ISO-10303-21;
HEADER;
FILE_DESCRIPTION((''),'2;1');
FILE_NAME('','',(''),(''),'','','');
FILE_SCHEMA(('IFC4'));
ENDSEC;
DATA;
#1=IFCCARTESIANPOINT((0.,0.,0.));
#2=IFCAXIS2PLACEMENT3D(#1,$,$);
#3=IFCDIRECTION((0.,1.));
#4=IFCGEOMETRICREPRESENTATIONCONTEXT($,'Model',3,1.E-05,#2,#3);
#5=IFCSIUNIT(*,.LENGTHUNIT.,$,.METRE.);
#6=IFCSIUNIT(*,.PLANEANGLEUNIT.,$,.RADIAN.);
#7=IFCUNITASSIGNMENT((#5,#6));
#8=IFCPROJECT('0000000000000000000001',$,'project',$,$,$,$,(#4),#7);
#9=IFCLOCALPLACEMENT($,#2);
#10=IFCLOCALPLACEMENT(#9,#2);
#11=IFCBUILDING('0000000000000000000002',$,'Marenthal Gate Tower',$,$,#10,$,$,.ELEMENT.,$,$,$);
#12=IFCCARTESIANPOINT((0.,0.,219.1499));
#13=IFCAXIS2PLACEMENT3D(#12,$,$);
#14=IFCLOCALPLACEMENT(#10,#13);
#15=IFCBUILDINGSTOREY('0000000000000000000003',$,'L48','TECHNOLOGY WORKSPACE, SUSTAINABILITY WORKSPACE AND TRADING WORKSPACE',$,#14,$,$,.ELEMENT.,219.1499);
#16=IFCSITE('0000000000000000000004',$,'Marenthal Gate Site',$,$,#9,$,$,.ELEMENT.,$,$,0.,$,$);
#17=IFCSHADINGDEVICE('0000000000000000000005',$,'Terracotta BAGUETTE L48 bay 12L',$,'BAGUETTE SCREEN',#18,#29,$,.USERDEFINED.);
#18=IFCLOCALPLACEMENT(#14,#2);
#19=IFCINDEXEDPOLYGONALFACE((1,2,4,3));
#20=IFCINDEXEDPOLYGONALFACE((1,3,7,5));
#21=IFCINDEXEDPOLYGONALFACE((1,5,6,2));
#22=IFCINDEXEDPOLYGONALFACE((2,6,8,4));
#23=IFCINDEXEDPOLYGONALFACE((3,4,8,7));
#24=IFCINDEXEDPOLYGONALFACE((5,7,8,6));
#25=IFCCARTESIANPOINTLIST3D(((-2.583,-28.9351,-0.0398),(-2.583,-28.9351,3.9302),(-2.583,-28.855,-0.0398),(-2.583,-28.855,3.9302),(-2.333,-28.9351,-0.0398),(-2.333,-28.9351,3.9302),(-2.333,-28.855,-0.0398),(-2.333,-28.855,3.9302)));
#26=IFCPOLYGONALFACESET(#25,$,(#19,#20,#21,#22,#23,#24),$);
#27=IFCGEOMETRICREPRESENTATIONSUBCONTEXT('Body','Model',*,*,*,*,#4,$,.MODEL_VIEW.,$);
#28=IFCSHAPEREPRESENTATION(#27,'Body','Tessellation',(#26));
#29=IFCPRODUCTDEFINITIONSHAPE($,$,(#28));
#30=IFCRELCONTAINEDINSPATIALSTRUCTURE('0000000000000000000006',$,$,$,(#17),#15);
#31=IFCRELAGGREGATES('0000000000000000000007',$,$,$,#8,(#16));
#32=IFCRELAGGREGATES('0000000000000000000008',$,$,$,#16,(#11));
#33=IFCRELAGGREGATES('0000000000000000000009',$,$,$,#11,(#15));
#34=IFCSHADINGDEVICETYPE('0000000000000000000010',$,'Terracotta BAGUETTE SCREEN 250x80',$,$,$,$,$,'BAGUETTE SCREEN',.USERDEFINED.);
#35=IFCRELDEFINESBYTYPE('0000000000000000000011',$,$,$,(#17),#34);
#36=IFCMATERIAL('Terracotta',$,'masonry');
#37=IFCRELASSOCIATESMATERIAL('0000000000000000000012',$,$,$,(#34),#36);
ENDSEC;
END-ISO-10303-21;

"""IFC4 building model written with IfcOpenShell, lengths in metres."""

from ifc_helpers import new_model, si_unit, direction, frame, origin, origin_2d, place, context, subcontext, project, spatial, rectangle, extrude, material, material_profile, profile_set, type_object, element, save


model = new_model("IFC4")

# Units and contexts
model_context = context("Model", 3, precision=1e-05, world=origin(), true_north=direction((0.0, 1.0)))
body_context = subcontext(model_context, "Body", "Model", "MODEL_VIEW")
ifc_project = project(units=[si_unit("LENGTHUNIT", "METRE"), si_unit("PLANEANGLEUNIT", "RADIAN")], contexts=[model_context])

# Site, building, storey
site_placement = place(None, origin())
site = spatial("IfcSite", under=ifc_project, at=site_placement, Name="Marenthal Gate Site", CompositionType="ELEMENT", RefElevation=0.0)
building_placement = place(site_placement, origin())
building = spatial("IfcBuilding", under=site, at=building_placement, Name="Marenthal Gate Tower", CompositionType="ELEMENT")
storey_placement = place(building_placement, frame((0.0, 0.0, 219.1499)))
storey = spatial("IfcBuildingStorey", under=building, at=storey_placement, Name="L48", Description="TECHNOLOGY WORKSPACE, SUSTAINABILITY WORKSPACE AND TRADING WORKSPACE", CompositionType="ELEMENT", Elevation=219.1499)

# Shading device
ifc_material_1 = material(Name="Terracotta", Category="masonry")
ifc_material_profile_1 = material_profile(ifc_material_1, rectangle(XDim=0.25, YDim=0.0801, at=origin_2d()), Name="Terracotta baguette 250x80")
ifc_profile_set_1 = profile_set([ifc_material_profile_1], Name="Terracotta")
shading_device_type = type_object("IfcShadingDeviceType", Name="Terracotta BAGUETTE SCREEN 250x80", ElementType="BAGUETTE SCREEN", PredefinedType="USERDEFINED", material=ifc_profile_set_1)
shading_device_placement = place(storey_placement, frame((-2.458, -28.895, -0.0398), z_axis=(0.0, 0.0, 1.0), x_axis=(1.0, 0.0, 0.0)))
element("IfcShadingDevice", 1, at=shading_device_placement, inside=storey, type_object=shading_device_type, Name="Terracotta BAGUETTE L48 bay 12L", ObjectType="BAGUETTE SCREEN", PredefinedType="USERDEFINED", context=body_context, shape_type="SweptSolid", body=[
    extrude(rectangle(XDim=0.25, YDim=0.0801, at=origin_2d()), origin(), (0.0, 0.0, 1.0), 3.97),
])

save(model, "model.ifc")
